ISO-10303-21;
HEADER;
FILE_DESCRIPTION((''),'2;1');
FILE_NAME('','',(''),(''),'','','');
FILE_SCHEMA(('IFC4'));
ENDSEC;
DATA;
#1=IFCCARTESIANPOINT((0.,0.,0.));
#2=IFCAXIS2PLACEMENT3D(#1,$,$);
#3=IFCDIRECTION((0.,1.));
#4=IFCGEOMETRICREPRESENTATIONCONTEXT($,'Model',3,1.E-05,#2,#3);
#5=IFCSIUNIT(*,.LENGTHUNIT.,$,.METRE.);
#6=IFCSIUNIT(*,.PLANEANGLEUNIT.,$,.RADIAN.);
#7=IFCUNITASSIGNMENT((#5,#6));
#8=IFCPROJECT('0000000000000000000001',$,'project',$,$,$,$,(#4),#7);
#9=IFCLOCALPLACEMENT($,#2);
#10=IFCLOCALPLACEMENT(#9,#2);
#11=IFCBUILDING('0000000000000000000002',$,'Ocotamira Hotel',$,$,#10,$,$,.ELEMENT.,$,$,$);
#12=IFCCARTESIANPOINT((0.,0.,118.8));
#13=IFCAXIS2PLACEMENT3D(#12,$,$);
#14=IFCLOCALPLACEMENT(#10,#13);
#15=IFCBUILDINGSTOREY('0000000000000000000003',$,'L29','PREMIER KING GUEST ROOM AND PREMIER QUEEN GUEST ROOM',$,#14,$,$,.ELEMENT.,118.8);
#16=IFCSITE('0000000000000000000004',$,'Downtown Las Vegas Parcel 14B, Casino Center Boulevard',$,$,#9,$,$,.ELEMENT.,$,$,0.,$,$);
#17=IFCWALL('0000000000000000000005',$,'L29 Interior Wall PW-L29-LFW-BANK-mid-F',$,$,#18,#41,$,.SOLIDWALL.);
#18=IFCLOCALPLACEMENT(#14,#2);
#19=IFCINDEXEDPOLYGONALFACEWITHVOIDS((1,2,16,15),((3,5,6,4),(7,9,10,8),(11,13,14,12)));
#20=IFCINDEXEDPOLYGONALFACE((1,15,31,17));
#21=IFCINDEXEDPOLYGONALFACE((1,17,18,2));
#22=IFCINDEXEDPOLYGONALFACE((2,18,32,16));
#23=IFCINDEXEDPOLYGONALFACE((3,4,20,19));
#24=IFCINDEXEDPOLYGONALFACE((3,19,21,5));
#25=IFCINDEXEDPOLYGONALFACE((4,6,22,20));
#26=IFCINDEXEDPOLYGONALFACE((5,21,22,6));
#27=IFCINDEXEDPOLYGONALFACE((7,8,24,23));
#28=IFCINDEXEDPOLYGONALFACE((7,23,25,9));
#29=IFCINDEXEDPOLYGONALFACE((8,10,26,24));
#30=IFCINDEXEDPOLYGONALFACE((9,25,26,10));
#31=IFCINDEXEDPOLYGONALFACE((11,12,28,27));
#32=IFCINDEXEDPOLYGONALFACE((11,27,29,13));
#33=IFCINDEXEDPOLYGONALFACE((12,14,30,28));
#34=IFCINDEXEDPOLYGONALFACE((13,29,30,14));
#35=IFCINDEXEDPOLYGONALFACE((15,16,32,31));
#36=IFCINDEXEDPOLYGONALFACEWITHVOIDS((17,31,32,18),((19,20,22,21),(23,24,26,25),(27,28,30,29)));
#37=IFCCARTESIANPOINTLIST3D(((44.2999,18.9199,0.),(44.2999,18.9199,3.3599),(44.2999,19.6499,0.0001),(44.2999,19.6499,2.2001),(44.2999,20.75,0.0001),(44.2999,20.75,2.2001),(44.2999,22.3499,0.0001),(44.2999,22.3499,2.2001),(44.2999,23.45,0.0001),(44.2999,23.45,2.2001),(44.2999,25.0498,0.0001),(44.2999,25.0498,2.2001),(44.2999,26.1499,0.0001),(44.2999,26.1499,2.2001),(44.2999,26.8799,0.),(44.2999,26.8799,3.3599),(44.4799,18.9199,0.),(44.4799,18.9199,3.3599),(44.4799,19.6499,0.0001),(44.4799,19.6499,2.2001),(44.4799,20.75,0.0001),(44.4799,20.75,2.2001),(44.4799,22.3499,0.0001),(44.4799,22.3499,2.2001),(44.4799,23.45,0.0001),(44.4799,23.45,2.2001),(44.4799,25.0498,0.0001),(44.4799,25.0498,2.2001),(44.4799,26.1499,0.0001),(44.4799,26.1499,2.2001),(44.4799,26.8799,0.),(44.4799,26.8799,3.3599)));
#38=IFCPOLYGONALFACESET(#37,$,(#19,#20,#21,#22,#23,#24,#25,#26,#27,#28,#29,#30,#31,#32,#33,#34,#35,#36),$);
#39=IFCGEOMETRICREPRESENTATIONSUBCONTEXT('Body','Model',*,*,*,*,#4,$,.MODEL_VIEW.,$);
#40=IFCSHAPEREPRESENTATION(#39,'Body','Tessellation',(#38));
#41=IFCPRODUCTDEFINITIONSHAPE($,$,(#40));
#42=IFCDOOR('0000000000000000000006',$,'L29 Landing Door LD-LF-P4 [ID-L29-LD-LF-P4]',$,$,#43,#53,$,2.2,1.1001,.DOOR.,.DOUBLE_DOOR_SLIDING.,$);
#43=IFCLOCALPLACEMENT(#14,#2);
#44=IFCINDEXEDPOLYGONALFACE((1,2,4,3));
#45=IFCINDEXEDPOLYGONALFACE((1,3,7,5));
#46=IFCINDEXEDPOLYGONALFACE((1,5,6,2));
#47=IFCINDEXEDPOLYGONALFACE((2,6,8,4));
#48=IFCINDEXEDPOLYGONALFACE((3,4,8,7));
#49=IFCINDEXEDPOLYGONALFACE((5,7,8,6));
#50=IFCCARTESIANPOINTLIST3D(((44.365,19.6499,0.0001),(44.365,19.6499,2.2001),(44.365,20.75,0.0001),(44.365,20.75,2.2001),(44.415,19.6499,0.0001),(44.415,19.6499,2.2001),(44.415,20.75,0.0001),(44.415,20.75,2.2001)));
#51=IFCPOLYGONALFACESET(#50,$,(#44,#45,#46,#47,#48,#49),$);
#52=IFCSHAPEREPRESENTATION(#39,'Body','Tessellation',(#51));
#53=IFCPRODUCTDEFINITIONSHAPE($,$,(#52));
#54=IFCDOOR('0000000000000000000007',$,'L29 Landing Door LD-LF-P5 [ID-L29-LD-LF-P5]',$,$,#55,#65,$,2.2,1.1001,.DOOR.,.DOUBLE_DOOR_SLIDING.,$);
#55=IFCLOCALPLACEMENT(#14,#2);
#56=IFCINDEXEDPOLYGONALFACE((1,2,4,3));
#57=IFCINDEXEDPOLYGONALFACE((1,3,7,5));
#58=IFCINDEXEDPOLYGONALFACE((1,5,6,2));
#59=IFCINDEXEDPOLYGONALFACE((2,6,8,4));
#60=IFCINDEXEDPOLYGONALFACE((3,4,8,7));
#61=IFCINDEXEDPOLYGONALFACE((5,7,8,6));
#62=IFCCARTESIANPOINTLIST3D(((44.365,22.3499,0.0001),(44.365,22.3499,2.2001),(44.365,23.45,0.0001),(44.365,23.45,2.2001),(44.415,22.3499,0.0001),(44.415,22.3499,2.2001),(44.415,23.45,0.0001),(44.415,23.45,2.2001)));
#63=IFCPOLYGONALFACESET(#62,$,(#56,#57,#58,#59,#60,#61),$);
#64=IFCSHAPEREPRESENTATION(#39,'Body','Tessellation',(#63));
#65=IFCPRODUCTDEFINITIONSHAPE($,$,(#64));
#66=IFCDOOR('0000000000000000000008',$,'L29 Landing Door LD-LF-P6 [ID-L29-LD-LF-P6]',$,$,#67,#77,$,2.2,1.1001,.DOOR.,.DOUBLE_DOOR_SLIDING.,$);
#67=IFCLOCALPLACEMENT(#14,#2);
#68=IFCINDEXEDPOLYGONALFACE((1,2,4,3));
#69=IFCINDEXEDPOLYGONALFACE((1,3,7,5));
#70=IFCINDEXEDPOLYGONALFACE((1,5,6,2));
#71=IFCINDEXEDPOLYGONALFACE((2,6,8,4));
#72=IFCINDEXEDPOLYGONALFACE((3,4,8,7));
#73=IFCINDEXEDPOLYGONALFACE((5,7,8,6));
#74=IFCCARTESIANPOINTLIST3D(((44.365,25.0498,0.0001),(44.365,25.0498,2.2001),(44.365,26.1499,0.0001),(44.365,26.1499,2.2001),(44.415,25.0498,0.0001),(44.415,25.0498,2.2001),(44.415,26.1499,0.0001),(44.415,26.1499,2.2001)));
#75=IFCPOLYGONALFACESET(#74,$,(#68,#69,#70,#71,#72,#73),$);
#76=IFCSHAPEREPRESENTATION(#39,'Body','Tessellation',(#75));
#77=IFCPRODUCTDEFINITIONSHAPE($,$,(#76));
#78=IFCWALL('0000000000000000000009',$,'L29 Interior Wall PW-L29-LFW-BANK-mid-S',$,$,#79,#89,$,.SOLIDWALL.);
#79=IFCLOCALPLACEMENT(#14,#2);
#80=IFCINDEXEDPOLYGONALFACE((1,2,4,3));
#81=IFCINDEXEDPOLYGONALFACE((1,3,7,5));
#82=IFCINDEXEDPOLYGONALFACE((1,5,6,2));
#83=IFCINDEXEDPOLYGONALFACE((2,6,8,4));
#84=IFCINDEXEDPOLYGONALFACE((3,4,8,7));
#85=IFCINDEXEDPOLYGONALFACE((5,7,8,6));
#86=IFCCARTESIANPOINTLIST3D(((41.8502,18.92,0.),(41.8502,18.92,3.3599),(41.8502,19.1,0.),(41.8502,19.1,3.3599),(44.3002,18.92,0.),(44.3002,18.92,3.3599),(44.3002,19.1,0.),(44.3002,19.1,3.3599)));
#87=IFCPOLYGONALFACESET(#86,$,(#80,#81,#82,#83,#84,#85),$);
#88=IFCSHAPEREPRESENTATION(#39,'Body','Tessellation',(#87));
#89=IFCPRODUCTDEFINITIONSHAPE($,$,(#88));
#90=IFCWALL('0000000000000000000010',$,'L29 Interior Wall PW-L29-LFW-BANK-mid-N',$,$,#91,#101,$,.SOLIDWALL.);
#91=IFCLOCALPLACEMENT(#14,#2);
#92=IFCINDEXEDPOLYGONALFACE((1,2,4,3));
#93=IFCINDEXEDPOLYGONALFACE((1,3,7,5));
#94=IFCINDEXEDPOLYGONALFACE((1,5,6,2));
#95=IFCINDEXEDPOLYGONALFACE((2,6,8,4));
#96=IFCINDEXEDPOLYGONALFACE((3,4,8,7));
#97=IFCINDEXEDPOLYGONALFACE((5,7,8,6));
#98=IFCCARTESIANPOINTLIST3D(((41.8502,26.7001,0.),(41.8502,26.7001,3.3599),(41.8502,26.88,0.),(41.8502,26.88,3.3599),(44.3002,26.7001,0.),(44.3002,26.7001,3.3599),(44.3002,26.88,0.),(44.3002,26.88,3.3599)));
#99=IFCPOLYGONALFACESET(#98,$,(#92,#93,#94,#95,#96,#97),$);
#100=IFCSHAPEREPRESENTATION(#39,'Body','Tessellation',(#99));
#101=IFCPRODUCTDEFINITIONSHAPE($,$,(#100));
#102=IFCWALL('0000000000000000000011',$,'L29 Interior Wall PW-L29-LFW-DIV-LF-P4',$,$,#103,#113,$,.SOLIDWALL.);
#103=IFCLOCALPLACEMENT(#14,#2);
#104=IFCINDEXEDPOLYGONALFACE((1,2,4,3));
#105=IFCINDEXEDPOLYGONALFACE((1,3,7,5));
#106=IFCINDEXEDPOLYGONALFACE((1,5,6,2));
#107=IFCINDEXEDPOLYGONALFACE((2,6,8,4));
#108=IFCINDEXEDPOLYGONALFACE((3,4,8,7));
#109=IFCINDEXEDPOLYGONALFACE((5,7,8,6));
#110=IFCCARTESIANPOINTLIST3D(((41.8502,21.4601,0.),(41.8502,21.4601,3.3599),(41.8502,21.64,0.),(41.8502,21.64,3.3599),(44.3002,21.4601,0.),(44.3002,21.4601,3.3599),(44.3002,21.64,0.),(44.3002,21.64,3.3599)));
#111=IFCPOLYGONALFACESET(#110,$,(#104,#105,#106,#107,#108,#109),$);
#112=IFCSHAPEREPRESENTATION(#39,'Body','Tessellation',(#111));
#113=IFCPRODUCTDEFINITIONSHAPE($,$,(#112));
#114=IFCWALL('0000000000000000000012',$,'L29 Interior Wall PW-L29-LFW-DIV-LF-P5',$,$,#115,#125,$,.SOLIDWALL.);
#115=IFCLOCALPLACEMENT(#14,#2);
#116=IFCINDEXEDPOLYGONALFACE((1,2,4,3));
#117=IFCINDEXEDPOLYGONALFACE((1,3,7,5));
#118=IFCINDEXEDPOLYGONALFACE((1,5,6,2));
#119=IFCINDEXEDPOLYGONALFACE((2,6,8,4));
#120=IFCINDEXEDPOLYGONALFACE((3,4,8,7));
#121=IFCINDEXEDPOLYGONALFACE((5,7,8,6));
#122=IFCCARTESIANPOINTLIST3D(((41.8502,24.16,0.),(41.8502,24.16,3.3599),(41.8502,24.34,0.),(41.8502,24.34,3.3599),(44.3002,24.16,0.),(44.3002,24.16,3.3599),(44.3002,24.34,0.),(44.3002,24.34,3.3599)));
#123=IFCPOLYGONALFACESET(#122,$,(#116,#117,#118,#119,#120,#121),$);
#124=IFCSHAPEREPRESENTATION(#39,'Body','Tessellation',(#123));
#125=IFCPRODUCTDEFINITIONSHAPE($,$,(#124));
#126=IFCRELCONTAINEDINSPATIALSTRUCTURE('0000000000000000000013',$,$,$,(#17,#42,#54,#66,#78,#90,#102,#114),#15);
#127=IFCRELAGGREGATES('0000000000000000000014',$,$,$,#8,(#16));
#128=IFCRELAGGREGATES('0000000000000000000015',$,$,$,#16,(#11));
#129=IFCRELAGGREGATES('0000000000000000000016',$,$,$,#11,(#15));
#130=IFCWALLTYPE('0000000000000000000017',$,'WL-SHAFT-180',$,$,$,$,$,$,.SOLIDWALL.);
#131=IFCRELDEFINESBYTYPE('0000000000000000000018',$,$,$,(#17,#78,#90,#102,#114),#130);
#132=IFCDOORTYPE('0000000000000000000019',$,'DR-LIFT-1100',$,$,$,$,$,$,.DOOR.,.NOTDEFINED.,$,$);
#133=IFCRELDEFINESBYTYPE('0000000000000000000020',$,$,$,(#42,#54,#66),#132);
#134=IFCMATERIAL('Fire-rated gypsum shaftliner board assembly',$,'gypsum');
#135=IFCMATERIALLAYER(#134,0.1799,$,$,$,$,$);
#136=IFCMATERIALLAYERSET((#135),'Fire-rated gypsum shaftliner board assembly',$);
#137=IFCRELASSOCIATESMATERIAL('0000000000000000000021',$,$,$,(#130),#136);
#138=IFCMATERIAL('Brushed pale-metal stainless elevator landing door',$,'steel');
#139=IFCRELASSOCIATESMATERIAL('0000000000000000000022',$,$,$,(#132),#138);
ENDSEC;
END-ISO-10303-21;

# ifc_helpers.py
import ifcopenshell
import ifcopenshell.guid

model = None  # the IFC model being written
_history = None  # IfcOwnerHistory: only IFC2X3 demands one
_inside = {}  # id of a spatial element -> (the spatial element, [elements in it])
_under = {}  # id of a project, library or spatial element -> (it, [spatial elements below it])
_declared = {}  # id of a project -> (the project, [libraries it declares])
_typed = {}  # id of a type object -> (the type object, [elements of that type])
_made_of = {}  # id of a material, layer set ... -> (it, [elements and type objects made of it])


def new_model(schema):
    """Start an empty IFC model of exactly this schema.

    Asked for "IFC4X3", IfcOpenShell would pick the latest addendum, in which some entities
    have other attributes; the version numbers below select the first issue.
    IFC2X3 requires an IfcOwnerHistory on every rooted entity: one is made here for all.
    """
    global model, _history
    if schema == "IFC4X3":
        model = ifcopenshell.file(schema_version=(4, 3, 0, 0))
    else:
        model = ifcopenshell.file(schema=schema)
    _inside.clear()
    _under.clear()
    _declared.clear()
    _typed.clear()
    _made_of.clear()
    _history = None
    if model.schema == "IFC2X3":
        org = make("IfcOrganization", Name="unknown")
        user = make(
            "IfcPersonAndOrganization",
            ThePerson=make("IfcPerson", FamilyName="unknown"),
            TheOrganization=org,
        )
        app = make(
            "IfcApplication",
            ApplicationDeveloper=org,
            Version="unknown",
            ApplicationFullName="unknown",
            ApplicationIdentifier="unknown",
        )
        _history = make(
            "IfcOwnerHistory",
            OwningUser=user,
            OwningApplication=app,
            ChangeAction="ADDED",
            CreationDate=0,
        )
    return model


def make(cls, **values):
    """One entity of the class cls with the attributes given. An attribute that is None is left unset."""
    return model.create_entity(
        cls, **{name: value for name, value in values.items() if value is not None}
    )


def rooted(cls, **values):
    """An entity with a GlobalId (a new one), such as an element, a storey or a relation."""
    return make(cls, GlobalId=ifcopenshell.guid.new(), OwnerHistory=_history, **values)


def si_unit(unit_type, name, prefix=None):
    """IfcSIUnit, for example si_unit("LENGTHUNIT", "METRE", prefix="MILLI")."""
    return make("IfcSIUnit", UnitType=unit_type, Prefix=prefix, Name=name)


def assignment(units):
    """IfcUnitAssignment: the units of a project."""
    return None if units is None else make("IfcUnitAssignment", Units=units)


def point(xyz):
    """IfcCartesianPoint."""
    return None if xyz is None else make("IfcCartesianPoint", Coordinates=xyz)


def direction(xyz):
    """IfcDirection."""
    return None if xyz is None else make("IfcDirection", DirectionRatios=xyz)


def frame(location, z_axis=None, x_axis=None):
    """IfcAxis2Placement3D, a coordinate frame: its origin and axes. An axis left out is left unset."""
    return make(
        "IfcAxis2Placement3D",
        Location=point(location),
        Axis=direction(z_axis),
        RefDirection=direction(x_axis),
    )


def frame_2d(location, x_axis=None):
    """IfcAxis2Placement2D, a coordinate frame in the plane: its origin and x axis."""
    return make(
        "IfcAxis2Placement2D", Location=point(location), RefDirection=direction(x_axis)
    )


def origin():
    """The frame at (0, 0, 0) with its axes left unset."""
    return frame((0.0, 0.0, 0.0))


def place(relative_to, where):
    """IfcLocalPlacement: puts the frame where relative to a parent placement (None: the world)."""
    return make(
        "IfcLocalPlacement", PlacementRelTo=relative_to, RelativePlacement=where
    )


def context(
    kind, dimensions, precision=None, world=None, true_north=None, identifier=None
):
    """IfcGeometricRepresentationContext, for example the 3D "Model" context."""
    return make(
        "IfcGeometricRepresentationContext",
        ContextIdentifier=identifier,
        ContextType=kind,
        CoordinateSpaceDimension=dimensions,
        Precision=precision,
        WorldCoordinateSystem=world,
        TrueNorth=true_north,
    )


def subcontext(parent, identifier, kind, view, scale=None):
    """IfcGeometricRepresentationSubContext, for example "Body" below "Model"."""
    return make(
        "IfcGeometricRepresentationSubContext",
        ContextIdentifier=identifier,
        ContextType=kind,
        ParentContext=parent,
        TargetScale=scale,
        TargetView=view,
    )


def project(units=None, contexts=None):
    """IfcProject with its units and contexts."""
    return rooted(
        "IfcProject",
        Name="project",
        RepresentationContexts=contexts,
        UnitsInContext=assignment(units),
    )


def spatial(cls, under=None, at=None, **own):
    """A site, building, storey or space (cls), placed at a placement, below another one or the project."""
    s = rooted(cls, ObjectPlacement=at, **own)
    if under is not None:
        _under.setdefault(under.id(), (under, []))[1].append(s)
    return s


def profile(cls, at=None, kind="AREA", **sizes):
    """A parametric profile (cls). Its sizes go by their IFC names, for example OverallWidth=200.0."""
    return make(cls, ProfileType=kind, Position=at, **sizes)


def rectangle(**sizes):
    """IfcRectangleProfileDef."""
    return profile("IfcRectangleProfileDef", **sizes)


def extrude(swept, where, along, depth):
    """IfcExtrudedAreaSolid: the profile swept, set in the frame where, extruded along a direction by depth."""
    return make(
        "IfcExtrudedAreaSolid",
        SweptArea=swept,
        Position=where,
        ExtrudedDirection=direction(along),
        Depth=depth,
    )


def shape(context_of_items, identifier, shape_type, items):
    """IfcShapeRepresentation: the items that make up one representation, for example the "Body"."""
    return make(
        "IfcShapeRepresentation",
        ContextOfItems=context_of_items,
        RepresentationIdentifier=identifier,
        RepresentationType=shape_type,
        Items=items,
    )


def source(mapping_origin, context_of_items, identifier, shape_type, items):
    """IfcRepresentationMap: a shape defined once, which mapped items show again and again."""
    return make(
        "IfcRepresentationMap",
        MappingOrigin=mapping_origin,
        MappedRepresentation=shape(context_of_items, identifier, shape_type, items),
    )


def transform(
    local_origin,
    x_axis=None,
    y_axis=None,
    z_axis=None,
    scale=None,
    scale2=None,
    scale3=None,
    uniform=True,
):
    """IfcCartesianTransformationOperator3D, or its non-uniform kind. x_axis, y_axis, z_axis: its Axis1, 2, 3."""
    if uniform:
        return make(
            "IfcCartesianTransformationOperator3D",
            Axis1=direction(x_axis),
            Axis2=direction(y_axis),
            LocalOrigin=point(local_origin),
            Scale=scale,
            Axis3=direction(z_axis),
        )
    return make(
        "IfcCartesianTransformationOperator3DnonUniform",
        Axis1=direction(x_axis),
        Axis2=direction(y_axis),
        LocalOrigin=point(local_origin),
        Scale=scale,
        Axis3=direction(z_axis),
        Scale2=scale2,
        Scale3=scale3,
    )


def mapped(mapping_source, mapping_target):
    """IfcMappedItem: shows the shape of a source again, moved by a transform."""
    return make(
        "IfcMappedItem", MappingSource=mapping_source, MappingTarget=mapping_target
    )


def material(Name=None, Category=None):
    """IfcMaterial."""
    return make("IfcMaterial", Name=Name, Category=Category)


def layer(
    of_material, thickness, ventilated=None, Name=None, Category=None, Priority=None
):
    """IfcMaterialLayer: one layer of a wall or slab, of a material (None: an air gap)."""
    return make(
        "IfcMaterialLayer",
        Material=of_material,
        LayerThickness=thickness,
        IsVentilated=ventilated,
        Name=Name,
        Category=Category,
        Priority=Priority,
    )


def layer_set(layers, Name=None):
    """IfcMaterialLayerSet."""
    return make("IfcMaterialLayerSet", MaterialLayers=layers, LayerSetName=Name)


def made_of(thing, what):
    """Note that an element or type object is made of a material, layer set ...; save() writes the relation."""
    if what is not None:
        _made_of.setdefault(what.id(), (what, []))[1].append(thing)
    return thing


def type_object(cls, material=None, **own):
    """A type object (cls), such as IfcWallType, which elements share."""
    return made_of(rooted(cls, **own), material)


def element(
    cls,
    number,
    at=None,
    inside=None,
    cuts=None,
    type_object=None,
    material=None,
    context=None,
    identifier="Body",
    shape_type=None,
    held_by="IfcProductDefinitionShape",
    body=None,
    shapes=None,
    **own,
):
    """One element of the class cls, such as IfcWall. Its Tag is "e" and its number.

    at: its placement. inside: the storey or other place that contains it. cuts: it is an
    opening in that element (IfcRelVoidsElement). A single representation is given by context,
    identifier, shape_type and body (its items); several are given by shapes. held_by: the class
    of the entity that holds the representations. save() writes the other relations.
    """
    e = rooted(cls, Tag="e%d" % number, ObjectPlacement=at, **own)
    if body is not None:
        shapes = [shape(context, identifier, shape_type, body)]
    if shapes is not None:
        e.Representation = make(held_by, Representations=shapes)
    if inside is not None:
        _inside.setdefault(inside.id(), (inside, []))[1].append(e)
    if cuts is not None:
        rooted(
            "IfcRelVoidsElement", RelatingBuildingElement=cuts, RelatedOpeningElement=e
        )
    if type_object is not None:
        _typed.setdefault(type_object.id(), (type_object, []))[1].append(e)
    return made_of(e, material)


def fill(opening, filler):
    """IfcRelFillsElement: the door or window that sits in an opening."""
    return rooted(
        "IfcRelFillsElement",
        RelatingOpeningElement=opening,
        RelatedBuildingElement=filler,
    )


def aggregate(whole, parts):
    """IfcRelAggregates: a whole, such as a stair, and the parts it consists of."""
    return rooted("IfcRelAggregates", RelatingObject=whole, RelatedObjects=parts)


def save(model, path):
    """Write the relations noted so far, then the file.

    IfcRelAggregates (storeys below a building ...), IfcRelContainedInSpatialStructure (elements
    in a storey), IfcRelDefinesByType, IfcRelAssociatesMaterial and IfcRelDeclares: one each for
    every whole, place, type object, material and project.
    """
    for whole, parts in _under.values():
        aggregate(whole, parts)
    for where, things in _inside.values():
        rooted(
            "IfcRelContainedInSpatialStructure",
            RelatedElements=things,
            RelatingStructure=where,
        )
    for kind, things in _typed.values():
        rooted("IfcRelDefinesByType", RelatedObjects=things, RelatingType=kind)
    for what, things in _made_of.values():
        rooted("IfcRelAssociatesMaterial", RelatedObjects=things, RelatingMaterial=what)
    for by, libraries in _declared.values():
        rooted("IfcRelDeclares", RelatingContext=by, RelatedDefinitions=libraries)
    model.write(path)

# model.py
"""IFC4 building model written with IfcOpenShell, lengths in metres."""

from ifc_helpers import new_model, si_unit, direction, frame, frame_2d, origin, place, context, subcontext, project, spatial, rectangle, extrude, source, transform, mapped, material, layer, layer_set, type_object, element, fill, save


model = new_model("IFC4")

# Units and contexts
model_context = context("Model", 3, precision=1e-05, world=origin(), true_north=direction((0.0, 1.0)))
body_context = subcontext(model_context, "Body", "Model", "MODEL_VIEW")
ifc_project = project(units=[si_unit("LENGTHUNIT", "METRE"), si_unit("PLANEANGLEUNIT", "RADIAN")], contexts=[model_context])

# Site, building, storey
site_placement = place(None, origin())
site = spatial("IfcSite", under=ifc_project, at=site_placement, Name="Downtown Las Vegas Parcel 14B, Casino Center Boulevard", CompositionType="ELEMENT", RefElevation=0.0)
building_placement = place(site_placement, origin())
building = spatial("IfcBuilding", under=site, at=building_placement, Name="Ocotamira Hotel", CompositionType="ELEMENT")
storey_placement = place(building_placement, frame((0.0, 0.0, 118.8)))
storey = spatial("IfcBuildingStorey", under=building, at=storey_placement, Name="L29", Description="PREMIER KING GUEST ROOM AND PREMIER QUEEN GUEST ROOM", CompositionType="ELEMENT", Elevation=118.8)

# Wall, openings, doors
ifc_material_1 = material(Name="Fire-rated gypsum shaftliner board assembly", Category="gypsum")
ifc_layer_1 = layer(ifc_material_1, 0.1799)
ifc_layer_set_1 = layer_set([ifc_layer_1], Name="Fire-rated gypsum shaftliner board assembly")
wall_type_1 = type_object("IfcWallType", Name="WL-SHAFT-180", PredefinedType="SOLIDWALL", material=ifc_layer_set_1)
wall_1_placement = place(storey_placement, frame((44.3899, 18.9199, 0.0), z_axis=(0.0, 0.0, 1.0), x_axis=(0.0, 1.0, 0.0)))
wall_1 = element("IfcWall", 1, at=wall_1_placement, inside=storey, type_object=wall_type_1, Name="L29 Interior Wall PW-L29-LFW-BANK-mid-F", PredefinedType="SOLIDWALL", context=body_context, shape_type="SweptSolid", body=[
    extrude(rectangle(XDim=7.96, YDim=0.1799, at=frame_2d((3.98, 0.0))), origin(), (0.0, 0.0, 1.0), 3.3599),
])
opening_1_placement = place(wall_1_placement, frame((0.73, 0.0, 0.0)))
opening_1 = element("IfcOpeningElement", 2, at=opening_1_placement, cuts=wall_1, PredefinedType="OPENING", context=body_context, shape_type="SweptSolid", body=[
    extrude(rectangle(XDim=1.1001, YDim=2.2, at=frame_2d((0.55, 1.1001))), frame((0.0, 0.1001, 0.0), z_axis=(0.0, -1.0, 0.0), x_axis=(1.0, 0.0, 0.0)), (0.0, 0.0, 1.0), 0.2),
])
opening_2_placement = place(wall_1_placement, frame((3.4299, 0.0, 0.0)))
opening_2 = element("IfcOpeningElement", 3, at=opening_2_placement, cuts=wall_1, PredefinedType="OPENING", context=body_context, shape_type="SweptSolid", body=[
    extrude(rectangle(XDim=1.1001, YDim=2.2, at=frame_2d((0.55, 1.1001))), frame((0.0, 0.1001, 0.0), z_axis=(0.0, -1.0, 0.0), x_axis=(1.0, 0.0, 0.0)), (0.0, 0.0, 1.0), 0.2),
])
opening_3_placement = place(wall_1_placement, frame((6.1299, 0.0, 0.0)))
opening_3 = element("IfcOpeningElement", 4, at=opening_3_placement, cuts=wall_1, PredefinedType="OPENING", context=body_context, shape_type="SweptSolid", body=[
    extrude(rectangle(XDim=1.1001, YDim=2.2, at=frame_2d((0.55, 1.1001))), frame((0.0, 0.1001, 0.0), z_axis=(0.0, -1.0, 0.0), x_axis=(1.0, 0.0, 0.0)), (0.0, 0.0, 1.0), 0.2),
])
ifc_material_2 = material(Name="Brushed pale-metal stainless elevator landing door", Category="steel")
door_type_1 = type_object("IfcDoorType", Name="DR-LIFT-1100", OperationType="NOTDEFINED", PredefinedType="DOOR", material=ifc_material_2)
shared_shape_1 = source(origin(), body_context, "Body", "SweptSolid", [
    extrude(rectangle(XDim=1.1001, YDim=2.2, at=frame_2d((0.55, 1.1001))), frame((0.0, 0.0249, 0.0), z_axis=(0.0, -1.0, 0.0), x_axis=(1.0, 0.0, 0.0)), (0.0, 0.0, 1.0), 0.05),
])
door_1_placement = place(opening_1_placement, origin())
door_1 = element("IfcDoor", 5, at=door_1_placement, inside=storey, type_object=door_type_1, Name="L29 Landing Door LD-LF-P4 [ID-L29-LD-LF-P4]", OperationType="DOUBLE_DOOR_SLIDING", OverallHeight=2.2, OverallWidth=1.1001, PredefinedType="DOOR", context=body_context, shape_type="MappedRepresentation", body=[
    mapped(shared_shape_1, transform((0.0, 0.0, 0.0), scale=1.0)),
])
fill(opening_1, door_1)
door_2_placement = place(opening_2_placement, origin())
door_2 = element("IfcDoor", 6, at=door_2_placement, inside=storey, type_object=door_type_1, Name="L29 Landing Door LD-LF-P5 [ID-L29-LD-LF-P5]", OperationType="DOUBLE_DOOR_SLIDING", OverallHeight=2.2, OverallWidth=1.1001, PredefinedType="DOOR", context=body_context, shape_type="MappedRepresentation", body=[
    mapped(shared_shape_1, transform((0.0, 0.0, 0.0), scale=1.0)),
])
fill(opening_2, door_2)
door_3_placement = place(opening_3_placement, origin())
door_3 = element("IfcDoor", 7, at=door_3_placement, inside=storey, type_object=door_type_1, Name="L29 Landing Door LD-LF-P6 [ID-L29-LD-LF-P6]", OperationType="DOUBLE_DOOR_SLIDING", OverallHeight=2.2, OverallWidth=1.1001, PredefinedType="DOOR", context=body_context, shape_type="MappedRepresentation", body=[
    mapped(shared_shape_1, transform((0.0, 0.0, 0.0), scale=1.0)),
])
fill(opening_3, door_3)

# Walls
for number, where, z_axis, x_axis, name in (
    (8, (41.8501, 19.01, 0.0), (0.0, 0.0, 1.0), (1.0, 0.0, 0.0), "L29 Interior Wall PW-L29-LFW-BANK-mid-S"),
    (9, (41.8501, 26.79, 0.0), (0.0, 0.0, 1.0), (1.0, 0.0, 0.0), "L29 Interior Wall PW-L29-LFW-BANK-mid-N"),
    (10, (41.8501, 21.55, 0.0), (0.0, 0.0, 1.0), (1.0, 0.0, 0.0), "L29 Interior Wall PW-L29-LFW-DIV-LF-P4"),
    (11, (41.8501, 24.25, 0.0), (0.0, 0.0, 1.0), (1.0, 0.0, 0.0), "L29 Interior Wall PW-L29-LFW-DIV-LF-P5"),
):
    element("IfcWall", number, at=place(storey_placement, frame(where, z_axis=z_axis, x_axis=x_axis)), inside=storey, type_object=wall_type_1, Name=name, PredefinedType="SOLIDWALL", context=body_context, shape_type="SweptSolid", body=[
        extrude(rectangle(XDim=2.45, YDim=0.1799, at=frame_2d((1.2251, 0.0))), origin(), (0.0, 0.0, 1.0), 3.3599),
    ])

save(model, "model.ifc")
